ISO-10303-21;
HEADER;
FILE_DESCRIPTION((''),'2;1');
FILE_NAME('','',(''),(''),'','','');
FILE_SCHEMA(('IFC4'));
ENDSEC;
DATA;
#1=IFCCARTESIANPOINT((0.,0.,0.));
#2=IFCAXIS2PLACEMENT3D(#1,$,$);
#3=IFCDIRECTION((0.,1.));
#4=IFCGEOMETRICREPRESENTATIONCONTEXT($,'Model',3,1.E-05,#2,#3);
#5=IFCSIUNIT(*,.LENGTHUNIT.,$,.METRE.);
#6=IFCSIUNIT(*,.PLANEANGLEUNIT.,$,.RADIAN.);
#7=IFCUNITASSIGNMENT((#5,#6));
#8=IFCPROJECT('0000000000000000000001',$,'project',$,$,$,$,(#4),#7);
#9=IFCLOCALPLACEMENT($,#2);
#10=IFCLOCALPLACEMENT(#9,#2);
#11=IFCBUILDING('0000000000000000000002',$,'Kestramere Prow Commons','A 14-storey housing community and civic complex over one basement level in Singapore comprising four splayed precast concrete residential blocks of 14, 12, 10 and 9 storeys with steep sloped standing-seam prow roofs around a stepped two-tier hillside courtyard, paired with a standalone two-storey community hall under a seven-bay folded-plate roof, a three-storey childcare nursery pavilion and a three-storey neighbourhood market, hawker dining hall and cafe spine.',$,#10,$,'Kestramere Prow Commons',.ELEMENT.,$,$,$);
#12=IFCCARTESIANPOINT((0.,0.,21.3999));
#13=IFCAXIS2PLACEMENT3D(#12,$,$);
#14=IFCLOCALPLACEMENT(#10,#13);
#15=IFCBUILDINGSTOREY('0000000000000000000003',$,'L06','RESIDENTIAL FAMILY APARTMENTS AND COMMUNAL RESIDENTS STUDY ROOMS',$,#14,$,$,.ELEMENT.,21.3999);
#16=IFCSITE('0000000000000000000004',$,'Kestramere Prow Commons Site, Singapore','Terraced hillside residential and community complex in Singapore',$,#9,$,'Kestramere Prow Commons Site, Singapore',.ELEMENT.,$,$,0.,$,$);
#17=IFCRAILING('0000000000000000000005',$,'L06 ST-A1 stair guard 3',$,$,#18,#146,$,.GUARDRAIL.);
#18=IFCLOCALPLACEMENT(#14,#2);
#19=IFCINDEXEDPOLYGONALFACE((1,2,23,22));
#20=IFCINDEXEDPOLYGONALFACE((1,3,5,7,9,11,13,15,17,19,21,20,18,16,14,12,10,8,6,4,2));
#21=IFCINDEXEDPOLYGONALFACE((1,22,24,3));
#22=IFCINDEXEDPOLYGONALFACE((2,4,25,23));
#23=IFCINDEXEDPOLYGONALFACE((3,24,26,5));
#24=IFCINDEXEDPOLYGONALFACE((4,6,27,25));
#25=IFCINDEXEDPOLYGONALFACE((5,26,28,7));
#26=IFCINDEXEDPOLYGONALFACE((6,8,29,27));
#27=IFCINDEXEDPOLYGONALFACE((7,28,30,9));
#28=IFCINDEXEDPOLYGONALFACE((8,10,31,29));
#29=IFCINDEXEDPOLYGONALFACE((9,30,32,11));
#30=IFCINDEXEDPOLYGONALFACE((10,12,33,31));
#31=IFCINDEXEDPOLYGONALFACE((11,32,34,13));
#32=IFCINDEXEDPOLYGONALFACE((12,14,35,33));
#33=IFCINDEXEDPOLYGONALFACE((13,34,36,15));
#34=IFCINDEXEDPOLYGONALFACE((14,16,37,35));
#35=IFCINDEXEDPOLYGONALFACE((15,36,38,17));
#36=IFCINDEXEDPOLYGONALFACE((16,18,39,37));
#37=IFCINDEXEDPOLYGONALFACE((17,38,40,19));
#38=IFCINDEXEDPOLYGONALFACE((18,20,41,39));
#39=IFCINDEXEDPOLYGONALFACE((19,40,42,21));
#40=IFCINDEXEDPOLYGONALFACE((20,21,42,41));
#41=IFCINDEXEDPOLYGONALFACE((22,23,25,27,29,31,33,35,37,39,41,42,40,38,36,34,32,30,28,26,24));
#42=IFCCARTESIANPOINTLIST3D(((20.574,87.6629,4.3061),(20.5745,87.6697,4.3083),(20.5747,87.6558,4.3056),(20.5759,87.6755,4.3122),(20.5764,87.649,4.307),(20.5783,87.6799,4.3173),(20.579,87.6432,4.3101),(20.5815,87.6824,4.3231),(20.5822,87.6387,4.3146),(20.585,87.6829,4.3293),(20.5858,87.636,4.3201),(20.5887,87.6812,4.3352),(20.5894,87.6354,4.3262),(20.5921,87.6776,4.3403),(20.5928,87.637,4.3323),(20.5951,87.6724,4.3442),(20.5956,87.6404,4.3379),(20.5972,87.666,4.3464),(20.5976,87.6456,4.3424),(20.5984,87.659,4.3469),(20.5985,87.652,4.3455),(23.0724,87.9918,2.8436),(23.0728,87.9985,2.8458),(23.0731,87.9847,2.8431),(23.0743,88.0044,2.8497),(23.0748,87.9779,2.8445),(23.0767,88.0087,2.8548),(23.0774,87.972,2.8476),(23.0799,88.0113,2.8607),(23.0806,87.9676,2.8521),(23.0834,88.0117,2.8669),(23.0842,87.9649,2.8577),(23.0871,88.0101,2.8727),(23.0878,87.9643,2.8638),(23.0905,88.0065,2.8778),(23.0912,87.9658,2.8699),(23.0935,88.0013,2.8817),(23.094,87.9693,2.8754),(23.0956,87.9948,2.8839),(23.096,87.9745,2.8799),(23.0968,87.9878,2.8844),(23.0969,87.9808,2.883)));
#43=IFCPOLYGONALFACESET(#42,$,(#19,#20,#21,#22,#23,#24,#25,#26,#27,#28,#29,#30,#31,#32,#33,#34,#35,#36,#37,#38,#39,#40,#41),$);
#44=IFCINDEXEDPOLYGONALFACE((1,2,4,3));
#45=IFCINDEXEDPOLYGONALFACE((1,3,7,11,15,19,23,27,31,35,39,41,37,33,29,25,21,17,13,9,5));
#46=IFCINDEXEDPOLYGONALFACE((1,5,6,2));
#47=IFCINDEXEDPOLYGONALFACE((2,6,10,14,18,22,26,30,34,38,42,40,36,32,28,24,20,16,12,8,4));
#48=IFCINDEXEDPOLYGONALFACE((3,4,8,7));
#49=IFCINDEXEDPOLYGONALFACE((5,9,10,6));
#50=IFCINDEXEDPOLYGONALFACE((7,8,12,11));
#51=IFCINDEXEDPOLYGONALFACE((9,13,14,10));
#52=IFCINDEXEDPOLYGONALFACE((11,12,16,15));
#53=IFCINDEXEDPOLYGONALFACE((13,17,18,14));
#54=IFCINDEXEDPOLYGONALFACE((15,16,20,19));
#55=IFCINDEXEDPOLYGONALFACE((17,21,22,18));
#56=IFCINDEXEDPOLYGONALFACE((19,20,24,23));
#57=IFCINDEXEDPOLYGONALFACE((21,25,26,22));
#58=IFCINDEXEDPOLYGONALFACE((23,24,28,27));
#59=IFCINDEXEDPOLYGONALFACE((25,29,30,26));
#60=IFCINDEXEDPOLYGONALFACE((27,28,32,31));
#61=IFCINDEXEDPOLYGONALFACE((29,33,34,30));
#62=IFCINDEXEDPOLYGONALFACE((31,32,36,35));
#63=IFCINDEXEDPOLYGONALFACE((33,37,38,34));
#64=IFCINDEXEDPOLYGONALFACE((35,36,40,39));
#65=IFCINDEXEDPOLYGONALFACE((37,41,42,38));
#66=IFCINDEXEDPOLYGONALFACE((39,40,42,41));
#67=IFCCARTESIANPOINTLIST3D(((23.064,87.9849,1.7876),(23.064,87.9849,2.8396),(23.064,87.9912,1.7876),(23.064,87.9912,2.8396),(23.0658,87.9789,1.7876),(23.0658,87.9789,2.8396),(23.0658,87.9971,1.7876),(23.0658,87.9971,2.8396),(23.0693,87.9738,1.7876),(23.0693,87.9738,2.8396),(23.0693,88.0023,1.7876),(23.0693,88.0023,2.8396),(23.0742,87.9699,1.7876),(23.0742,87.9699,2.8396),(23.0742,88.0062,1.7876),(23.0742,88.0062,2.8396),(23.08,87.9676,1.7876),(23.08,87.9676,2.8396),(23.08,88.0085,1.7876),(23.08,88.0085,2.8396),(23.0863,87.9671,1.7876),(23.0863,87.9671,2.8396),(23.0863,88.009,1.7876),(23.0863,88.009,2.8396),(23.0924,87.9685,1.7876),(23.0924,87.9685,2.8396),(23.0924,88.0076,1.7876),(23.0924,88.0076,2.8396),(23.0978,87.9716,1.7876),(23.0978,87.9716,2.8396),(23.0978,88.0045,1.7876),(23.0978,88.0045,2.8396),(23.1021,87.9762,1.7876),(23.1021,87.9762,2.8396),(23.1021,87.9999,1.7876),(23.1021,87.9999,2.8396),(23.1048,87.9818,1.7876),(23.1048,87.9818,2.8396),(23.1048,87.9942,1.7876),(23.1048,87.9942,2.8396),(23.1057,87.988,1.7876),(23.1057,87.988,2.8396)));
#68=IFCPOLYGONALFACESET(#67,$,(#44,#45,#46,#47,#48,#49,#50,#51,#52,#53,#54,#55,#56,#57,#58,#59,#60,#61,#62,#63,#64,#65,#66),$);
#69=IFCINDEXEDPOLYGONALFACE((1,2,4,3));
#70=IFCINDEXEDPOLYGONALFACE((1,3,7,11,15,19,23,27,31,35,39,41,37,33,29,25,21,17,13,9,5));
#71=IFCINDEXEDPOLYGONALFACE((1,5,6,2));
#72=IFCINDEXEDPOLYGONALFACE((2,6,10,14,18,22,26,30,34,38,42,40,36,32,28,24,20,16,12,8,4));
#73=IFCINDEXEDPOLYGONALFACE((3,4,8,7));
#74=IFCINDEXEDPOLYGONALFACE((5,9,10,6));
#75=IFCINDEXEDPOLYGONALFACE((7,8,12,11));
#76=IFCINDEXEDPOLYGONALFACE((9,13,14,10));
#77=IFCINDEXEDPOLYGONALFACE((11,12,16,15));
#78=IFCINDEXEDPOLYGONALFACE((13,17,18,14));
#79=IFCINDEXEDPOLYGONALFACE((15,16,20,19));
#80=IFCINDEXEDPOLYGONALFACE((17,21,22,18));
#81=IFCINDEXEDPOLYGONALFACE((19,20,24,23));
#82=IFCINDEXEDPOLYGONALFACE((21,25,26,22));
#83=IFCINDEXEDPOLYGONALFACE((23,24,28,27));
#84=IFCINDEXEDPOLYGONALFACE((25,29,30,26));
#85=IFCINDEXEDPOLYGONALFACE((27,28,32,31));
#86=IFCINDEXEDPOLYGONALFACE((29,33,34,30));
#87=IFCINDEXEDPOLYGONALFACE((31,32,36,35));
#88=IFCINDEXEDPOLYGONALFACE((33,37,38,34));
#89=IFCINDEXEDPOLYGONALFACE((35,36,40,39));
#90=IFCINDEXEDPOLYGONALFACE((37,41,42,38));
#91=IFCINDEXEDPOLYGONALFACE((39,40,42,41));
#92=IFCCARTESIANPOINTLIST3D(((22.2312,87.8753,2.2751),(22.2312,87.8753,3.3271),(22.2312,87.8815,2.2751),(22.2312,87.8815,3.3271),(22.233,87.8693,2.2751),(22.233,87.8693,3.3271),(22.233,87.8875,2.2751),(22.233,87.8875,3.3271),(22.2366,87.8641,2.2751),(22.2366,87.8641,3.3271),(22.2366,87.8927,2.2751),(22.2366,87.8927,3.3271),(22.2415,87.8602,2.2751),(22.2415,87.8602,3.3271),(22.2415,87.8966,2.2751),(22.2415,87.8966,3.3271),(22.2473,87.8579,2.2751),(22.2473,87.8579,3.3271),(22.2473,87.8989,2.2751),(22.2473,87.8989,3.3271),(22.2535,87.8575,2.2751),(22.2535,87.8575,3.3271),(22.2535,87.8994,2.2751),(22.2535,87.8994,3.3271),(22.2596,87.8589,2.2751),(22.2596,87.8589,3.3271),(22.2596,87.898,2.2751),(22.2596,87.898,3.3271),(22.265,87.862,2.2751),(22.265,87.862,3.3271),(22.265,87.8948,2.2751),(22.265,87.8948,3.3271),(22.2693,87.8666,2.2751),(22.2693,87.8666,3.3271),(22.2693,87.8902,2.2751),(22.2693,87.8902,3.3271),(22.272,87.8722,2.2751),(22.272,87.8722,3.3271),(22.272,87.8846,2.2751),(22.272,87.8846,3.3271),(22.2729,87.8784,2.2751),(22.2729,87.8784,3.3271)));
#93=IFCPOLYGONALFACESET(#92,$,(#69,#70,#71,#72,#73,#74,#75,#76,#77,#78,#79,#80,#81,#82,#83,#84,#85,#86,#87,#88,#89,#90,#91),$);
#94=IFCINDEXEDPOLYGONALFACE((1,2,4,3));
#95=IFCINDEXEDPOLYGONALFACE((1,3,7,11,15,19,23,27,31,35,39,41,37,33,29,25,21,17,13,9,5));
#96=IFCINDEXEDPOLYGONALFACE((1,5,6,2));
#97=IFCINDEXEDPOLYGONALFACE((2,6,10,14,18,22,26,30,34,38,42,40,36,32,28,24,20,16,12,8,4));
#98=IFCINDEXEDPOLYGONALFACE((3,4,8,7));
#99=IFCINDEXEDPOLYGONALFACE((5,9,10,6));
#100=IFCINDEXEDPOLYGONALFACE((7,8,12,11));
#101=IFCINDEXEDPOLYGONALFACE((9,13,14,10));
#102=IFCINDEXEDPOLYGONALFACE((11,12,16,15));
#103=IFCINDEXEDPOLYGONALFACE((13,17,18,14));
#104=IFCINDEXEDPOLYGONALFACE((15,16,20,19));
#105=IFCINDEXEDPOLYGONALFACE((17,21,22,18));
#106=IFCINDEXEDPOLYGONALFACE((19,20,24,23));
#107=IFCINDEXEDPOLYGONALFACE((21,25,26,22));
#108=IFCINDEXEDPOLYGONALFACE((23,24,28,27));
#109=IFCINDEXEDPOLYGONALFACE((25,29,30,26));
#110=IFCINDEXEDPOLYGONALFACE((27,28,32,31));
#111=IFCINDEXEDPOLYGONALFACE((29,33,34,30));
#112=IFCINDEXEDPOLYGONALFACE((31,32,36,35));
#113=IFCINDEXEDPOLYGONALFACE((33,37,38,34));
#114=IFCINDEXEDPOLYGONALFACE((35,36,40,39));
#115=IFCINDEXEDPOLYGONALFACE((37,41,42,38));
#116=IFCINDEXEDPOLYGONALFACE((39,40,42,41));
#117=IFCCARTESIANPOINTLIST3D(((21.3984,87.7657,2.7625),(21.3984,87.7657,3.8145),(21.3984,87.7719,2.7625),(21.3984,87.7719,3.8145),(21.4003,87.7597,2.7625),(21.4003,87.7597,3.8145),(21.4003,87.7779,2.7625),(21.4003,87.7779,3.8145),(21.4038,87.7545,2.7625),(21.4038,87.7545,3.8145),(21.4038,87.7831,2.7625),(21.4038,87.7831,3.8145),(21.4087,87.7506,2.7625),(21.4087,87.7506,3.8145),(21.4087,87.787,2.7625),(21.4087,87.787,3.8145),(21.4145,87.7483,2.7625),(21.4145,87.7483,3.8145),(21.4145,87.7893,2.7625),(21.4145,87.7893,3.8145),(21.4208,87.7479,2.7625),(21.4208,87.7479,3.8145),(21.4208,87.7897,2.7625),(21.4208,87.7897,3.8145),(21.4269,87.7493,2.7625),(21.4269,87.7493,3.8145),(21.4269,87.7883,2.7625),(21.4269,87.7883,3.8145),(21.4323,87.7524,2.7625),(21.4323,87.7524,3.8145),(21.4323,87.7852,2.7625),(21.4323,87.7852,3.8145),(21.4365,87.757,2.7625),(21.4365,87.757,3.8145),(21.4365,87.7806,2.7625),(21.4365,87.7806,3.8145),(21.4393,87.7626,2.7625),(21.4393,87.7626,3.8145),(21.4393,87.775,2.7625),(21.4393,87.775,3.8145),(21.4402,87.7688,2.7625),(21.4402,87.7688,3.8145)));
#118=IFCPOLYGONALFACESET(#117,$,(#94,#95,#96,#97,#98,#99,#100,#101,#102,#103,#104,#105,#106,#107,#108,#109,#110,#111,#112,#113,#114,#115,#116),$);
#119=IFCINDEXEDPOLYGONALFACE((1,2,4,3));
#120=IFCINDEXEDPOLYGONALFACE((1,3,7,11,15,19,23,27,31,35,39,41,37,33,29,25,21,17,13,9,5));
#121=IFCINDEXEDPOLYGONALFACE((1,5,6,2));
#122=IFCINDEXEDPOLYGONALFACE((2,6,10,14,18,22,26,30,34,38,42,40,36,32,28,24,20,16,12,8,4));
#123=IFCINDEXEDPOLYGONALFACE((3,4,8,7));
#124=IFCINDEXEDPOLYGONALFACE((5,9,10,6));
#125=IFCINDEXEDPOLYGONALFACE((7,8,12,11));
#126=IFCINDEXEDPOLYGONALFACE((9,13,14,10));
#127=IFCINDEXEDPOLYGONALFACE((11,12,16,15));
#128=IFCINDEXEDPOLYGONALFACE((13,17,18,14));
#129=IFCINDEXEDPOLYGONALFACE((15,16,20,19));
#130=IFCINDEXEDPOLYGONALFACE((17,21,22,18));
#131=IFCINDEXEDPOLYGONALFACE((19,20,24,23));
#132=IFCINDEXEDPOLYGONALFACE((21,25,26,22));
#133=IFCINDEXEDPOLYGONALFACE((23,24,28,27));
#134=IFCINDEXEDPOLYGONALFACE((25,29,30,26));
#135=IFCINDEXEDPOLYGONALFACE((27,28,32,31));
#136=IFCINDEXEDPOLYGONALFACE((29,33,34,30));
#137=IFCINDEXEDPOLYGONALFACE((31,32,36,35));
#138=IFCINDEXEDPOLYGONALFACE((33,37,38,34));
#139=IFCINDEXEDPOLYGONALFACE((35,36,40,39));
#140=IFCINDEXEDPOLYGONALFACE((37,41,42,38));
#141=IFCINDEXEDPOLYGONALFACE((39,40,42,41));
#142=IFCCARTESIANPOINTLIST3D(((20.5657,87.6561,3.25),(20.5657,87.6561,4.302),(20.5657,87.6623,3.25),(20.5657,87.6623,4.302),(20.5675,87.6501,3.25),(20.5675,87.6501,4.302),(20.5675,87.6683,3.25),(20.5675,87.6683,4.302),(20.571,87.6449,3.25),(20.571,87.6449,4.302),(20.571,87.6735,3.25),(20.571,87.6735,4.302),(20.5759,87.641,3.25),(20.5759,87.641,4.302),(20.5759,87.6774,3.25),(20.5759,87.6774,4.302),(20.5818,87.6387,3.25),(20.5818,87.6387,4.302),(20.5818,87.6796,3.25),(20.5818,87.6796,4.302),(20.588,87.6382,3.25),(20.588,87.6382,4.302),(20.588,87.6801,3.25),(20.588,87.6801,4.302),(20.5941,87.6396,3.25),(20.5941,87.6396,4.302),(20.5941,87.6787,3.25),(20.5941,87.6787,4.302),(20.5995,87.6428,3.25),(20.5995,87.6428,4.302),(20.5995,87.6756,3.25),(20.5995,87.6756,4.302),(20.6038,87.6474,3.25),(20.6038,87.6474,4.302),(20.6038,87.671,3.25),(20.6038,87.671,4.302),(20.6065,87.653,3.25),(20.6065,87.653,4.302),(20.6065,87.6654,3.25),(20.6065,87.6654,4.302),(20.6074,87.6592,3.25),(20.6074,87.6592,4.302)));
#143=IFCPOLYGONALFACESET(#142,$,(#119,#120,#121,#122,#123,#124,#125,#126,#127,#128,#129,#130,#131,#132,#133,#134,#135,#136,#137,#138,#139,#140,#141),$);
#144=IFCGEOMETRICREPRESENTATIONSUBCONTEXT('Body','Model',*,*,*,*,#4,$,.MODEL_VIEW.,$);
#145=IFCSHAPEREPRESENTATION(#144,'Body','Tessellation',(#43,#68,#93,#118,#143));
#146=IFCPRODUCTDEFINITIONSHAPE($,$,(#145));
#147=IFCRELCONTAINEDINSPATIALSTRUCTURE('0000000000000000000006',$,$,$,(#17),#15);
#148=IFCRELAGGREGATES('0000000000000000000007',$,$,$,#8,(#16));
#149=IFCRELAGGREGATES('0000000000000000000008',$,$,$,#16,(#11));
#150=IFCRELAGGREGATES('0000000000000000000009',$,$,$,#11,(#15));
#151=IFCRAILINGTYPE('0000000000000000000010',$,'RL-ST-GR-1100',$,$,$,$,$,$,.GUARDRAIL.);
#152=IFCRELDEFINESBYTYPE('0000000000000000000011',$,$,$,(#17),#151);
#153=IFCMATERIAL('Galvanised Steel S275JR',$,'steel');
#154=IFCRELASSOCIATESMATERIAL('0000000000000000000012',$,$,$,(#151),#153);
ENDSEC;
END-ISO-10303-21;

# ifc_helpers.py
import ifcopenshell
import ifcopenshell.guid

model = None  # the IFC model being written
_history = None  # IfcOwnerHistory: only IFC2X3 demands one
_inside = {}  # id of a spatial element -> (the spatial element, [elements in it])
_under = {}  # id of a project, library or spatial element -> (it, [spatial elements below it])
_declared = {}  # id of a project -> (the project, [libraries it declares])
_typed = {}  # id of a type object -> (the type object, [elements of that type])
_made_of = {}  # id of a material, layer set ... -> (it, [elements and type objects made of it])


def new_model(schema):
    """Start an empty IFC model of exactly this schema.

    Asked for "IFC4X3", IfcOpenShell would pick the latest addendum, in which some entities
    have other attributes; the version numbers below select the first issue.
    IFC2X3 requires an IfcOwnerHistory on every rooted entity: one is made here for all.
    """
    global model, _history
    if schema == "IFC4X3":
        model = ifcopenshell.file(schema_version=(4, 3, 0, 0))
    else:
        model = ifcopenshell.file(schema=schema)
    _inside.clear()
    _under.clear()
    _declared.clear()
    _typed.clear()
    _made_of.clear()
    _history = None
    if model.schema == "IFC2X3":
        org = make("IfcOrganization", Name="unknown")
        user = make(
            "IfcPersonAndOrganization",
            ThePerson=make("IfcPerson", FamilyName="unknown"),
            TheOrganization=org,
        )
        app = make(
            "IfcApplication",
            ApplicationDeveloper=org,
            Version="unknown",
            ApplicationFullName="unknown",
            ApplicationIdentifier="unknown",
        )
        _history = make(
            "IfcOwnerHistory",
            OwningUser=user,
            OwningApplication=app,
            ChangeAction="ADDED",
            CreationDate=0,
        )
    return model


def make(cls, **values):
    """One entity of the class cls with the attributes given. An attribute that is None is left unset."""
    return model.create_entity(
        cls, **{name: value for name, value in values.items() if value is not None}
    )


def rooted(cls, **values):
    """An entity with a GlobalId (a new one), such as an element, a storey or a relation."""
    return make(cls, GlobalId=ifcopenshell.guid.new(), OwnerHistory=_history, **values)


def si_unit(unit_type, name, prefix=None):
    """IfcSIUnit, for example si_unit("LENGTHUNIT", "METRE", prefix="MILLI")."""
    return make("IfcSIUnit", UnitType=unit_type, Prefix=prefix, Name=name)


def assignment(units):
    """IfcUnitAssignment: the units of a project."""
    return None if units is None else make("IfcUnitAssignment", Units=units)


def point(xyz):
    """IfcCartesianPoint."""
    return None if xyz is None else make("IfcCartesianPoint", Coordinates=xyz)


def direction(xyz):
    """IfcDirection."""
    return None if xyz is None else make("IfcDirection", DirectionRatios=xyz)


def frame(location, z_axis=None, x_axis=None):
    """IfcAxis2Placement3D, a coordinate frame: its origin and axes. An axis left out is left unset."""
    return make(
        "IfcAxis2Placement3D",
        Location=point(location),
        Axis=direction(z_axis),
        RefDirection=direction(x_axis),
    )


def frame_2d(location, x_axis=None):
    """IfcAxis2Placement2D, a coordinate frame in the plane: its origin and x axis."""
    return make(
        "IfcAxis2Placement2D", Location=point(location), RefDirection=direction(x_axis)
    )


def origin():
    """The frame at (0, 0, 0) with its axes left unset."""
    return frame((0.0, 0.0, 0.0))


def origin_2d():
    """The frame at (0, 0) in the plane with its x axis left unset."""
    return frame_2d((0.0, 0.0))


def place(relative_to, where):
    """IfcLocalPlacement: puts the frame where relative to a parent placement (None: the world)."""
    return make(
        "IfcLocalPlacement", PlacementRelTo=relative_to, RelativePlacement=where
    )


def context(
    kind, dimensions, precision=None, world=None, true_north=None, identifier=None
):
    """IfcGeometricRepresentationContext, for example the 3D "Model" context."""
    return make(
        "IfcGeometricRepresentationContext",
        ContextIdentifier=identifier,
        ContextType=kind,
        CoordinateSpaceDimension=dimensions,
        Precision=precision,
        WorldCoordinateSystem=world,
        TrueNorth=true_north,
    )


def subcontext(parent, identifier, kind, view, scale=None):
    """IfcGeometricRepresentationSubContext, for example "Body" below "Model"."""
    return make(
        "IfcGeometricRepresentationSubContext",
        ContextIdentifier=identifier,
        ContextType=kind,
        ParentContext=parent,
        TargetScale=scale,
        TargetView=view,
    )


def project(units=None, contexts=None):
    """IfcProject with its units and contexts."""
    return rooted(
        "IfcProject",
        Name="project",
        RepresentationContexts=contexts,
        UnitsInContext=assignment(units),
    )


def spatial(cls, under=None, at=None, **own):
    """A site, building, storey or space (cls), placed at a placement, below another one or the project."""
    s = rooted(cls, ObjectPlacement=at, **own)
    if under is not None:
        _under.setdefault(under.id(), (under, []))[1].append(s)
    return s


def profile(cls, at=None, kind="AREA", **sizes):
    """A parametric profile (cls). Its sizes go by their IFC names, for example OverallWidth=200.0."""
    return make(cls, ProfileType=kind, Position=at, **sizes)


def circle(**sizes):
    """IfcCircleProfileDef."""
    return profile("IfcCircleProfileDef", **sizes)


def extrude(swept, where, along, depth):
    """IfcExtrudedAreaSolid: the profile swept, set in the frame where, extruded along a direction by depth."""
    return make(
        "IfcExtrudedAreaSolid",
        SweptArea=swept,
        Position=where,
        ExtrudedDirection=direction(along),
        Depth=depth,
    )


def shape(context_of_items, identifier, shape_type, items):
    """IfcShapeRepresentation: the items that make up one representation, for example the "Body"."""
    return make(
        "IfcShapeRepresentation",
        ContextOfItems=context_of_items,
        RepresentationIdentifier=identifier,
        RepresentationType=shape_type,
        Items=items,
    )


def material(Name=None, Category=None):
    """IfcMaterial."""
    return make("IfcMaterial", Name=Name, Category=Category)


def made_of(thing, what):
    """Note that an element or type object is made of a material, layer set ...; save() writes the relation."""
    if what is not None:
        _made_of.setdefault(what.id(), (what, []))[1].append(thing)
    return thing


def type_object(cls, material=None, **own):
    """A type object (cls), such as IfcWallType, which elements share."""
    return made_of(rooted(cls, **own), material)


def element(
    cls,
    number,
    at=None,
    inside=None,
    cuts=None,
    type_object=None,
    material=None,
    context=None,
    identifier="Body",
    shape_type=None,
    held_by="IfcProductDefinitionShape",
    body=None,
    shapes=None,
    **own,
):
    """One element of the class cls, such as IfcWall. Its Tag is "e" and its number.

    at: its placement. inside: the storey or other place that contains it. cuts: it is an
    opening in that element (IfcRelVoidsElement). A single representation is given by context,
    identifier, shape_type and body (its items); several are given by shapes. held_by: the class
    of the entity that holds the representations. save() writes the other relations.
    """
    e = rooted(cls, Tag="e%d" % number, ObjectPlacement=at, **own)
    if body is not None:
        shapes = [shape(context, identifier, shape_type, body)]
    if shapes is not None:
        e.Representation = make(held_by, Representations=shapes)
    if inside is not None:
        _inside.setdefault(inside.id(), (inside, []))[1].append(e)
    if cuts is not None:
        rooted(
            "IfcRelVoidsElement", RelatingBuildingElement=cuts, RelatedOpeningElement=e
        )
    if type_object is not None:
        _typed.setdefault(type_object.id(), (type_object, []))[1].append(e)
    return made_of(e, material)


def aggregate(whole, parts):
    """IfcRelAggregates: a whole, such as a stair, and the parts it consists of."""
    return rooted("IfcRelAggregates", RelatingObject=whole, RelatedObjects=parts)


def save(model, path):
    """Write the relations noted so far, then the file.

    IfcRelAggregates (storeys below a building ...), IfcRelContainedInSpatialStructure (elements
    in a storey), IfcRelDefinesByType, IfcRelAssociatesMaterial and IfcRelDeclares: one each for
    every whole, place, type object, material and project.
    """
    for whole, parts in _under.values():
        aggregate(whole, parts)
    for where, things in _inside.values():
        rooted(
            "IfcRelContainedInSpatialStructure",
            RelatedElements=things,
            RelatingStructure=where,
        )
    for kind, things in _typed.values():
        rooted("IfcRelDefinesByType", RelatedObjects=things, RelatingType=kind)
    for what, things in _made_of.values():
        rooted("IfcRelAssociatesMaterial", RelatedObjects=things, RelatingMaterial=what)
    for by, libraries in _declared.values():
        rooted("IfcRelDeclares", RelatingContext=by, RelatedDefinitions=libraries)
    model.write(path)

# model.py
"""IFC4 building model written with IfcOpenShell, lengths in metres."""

from ifc_helpers import new_model, si_unit, direction, frame, origin, origin_2d, place, context, subcontext, project, spatial, circle, extrude, material, type_object, element, save


model = new_model("IFC4")

# Units and contexts
model_context = context("Model", 3, precision=1e-05, world=origin(), true_north=direction((0.0, 1.0)))
body_context = subcontext(model_context, "Body", "Model", "MODEL_VIEW")
ifc_project = project(units=[si_unit("LENGTHUNIT", "METRE"), si_unit("PLANEANGLEUNIT", "RADIAN")], contexts=[model_context])

# Site, building, storey
site_placement = place(None, origin())
site = spatial("IfcSite", under=ifc_project, at=site_placement, Name="Kestramere Prow Commons Site, Singapore", Description="Terraced hillside residential and community complex in Singapore", LongName="Kestramere Prow Commons Site, Singapore", CompositionType="ELEMENT", RefElevation=0.0)
building_placement = place(site_placement, origin())
building = spatial("IfcBuilding", under=site, at=building_placement, Name="Kestramere Prow Commons", Description="A 14-storey housing community and civic complex over one basement level in Singapore comprising four splayed precast concrete residential blocks of 14, 12, 10 and 9 storeys with steep sloped standing-seam prow roofs around a stepped two-tier hillside courtyard, paired with a standalone two-storey community hall under a seven-bay folded-plate roof, a three-storey childcare nursery pavilion and a three-storey neighbourhood market, hawker dining hall and cafe spine.", LongName="Kestramere Prow Commons", CompositionType="ELEMENT")
storey_placement = place(building_placement, frame((0.0, 0.0, 21.3999)))
storey = spatial("IfcBuildingStorey", under=building, at=storey_placement, Name="L06", Description="RESIDENTIAL FAMILY APARTMENTS AND COMMUNAL RESIDENTS STUDY ROOMS", CompositionType="ELEMENT", Elevation=21.3999)

# Railing
ifc_material_1 = material(Name="Galvanised Steel S275JR", Category="steel")
railing_type_1 = type_object("IfcRailingType", Name="RL-ST-GR-1100", PredefinedType="GUARDRAIL", material=ifc_material_1)
railing_1_placement = place(storey_placement, frame((23.0847, 87.988, 1.7876)))
element("IfcRailing", 1, at=railing_1_placement, inside=storey, type_object=railing_type_1, Name="L06 ST-A1 stair guard 3", PredefinedType="GUARDRAIL", context=body_context, shape_type="SweptSolid", body=[
    extrude(circle(Radius=0.0239, at=origin_2d()), frame((0.0, 0.0, 1.0762), z_axis=(-0.857501, -0.112875, 0.501948), x_axis=(0.130507, -0.991447, 0.0)), (0.0, 0.0, 1.0), 2.9136),
    extrude(circle(Radius=0.021, at=origin_2d()), origin(), (0.0, 0.0, 1.0), 1.052),
    extrude(circle(Radius=0.021, at=origin_2d()), frame((-0.8328, -0.1096, 0.4875)), (0.0, 0.0, 1.0), 1.052),
    extrude(circle(Radius=0.021, at=origin_2d()), frame((-1.6655, -0.2192, 0.9749)), (0.0, 0.0, 1.0), 1.052),
    extrude(circle(Radius=0.021, at=origin_2d()), frame((-2.4983, -0.3289, 1.4624)), (0.0, 0.0, 1.0), 1.052),
])

save(model, "model.ifc")
